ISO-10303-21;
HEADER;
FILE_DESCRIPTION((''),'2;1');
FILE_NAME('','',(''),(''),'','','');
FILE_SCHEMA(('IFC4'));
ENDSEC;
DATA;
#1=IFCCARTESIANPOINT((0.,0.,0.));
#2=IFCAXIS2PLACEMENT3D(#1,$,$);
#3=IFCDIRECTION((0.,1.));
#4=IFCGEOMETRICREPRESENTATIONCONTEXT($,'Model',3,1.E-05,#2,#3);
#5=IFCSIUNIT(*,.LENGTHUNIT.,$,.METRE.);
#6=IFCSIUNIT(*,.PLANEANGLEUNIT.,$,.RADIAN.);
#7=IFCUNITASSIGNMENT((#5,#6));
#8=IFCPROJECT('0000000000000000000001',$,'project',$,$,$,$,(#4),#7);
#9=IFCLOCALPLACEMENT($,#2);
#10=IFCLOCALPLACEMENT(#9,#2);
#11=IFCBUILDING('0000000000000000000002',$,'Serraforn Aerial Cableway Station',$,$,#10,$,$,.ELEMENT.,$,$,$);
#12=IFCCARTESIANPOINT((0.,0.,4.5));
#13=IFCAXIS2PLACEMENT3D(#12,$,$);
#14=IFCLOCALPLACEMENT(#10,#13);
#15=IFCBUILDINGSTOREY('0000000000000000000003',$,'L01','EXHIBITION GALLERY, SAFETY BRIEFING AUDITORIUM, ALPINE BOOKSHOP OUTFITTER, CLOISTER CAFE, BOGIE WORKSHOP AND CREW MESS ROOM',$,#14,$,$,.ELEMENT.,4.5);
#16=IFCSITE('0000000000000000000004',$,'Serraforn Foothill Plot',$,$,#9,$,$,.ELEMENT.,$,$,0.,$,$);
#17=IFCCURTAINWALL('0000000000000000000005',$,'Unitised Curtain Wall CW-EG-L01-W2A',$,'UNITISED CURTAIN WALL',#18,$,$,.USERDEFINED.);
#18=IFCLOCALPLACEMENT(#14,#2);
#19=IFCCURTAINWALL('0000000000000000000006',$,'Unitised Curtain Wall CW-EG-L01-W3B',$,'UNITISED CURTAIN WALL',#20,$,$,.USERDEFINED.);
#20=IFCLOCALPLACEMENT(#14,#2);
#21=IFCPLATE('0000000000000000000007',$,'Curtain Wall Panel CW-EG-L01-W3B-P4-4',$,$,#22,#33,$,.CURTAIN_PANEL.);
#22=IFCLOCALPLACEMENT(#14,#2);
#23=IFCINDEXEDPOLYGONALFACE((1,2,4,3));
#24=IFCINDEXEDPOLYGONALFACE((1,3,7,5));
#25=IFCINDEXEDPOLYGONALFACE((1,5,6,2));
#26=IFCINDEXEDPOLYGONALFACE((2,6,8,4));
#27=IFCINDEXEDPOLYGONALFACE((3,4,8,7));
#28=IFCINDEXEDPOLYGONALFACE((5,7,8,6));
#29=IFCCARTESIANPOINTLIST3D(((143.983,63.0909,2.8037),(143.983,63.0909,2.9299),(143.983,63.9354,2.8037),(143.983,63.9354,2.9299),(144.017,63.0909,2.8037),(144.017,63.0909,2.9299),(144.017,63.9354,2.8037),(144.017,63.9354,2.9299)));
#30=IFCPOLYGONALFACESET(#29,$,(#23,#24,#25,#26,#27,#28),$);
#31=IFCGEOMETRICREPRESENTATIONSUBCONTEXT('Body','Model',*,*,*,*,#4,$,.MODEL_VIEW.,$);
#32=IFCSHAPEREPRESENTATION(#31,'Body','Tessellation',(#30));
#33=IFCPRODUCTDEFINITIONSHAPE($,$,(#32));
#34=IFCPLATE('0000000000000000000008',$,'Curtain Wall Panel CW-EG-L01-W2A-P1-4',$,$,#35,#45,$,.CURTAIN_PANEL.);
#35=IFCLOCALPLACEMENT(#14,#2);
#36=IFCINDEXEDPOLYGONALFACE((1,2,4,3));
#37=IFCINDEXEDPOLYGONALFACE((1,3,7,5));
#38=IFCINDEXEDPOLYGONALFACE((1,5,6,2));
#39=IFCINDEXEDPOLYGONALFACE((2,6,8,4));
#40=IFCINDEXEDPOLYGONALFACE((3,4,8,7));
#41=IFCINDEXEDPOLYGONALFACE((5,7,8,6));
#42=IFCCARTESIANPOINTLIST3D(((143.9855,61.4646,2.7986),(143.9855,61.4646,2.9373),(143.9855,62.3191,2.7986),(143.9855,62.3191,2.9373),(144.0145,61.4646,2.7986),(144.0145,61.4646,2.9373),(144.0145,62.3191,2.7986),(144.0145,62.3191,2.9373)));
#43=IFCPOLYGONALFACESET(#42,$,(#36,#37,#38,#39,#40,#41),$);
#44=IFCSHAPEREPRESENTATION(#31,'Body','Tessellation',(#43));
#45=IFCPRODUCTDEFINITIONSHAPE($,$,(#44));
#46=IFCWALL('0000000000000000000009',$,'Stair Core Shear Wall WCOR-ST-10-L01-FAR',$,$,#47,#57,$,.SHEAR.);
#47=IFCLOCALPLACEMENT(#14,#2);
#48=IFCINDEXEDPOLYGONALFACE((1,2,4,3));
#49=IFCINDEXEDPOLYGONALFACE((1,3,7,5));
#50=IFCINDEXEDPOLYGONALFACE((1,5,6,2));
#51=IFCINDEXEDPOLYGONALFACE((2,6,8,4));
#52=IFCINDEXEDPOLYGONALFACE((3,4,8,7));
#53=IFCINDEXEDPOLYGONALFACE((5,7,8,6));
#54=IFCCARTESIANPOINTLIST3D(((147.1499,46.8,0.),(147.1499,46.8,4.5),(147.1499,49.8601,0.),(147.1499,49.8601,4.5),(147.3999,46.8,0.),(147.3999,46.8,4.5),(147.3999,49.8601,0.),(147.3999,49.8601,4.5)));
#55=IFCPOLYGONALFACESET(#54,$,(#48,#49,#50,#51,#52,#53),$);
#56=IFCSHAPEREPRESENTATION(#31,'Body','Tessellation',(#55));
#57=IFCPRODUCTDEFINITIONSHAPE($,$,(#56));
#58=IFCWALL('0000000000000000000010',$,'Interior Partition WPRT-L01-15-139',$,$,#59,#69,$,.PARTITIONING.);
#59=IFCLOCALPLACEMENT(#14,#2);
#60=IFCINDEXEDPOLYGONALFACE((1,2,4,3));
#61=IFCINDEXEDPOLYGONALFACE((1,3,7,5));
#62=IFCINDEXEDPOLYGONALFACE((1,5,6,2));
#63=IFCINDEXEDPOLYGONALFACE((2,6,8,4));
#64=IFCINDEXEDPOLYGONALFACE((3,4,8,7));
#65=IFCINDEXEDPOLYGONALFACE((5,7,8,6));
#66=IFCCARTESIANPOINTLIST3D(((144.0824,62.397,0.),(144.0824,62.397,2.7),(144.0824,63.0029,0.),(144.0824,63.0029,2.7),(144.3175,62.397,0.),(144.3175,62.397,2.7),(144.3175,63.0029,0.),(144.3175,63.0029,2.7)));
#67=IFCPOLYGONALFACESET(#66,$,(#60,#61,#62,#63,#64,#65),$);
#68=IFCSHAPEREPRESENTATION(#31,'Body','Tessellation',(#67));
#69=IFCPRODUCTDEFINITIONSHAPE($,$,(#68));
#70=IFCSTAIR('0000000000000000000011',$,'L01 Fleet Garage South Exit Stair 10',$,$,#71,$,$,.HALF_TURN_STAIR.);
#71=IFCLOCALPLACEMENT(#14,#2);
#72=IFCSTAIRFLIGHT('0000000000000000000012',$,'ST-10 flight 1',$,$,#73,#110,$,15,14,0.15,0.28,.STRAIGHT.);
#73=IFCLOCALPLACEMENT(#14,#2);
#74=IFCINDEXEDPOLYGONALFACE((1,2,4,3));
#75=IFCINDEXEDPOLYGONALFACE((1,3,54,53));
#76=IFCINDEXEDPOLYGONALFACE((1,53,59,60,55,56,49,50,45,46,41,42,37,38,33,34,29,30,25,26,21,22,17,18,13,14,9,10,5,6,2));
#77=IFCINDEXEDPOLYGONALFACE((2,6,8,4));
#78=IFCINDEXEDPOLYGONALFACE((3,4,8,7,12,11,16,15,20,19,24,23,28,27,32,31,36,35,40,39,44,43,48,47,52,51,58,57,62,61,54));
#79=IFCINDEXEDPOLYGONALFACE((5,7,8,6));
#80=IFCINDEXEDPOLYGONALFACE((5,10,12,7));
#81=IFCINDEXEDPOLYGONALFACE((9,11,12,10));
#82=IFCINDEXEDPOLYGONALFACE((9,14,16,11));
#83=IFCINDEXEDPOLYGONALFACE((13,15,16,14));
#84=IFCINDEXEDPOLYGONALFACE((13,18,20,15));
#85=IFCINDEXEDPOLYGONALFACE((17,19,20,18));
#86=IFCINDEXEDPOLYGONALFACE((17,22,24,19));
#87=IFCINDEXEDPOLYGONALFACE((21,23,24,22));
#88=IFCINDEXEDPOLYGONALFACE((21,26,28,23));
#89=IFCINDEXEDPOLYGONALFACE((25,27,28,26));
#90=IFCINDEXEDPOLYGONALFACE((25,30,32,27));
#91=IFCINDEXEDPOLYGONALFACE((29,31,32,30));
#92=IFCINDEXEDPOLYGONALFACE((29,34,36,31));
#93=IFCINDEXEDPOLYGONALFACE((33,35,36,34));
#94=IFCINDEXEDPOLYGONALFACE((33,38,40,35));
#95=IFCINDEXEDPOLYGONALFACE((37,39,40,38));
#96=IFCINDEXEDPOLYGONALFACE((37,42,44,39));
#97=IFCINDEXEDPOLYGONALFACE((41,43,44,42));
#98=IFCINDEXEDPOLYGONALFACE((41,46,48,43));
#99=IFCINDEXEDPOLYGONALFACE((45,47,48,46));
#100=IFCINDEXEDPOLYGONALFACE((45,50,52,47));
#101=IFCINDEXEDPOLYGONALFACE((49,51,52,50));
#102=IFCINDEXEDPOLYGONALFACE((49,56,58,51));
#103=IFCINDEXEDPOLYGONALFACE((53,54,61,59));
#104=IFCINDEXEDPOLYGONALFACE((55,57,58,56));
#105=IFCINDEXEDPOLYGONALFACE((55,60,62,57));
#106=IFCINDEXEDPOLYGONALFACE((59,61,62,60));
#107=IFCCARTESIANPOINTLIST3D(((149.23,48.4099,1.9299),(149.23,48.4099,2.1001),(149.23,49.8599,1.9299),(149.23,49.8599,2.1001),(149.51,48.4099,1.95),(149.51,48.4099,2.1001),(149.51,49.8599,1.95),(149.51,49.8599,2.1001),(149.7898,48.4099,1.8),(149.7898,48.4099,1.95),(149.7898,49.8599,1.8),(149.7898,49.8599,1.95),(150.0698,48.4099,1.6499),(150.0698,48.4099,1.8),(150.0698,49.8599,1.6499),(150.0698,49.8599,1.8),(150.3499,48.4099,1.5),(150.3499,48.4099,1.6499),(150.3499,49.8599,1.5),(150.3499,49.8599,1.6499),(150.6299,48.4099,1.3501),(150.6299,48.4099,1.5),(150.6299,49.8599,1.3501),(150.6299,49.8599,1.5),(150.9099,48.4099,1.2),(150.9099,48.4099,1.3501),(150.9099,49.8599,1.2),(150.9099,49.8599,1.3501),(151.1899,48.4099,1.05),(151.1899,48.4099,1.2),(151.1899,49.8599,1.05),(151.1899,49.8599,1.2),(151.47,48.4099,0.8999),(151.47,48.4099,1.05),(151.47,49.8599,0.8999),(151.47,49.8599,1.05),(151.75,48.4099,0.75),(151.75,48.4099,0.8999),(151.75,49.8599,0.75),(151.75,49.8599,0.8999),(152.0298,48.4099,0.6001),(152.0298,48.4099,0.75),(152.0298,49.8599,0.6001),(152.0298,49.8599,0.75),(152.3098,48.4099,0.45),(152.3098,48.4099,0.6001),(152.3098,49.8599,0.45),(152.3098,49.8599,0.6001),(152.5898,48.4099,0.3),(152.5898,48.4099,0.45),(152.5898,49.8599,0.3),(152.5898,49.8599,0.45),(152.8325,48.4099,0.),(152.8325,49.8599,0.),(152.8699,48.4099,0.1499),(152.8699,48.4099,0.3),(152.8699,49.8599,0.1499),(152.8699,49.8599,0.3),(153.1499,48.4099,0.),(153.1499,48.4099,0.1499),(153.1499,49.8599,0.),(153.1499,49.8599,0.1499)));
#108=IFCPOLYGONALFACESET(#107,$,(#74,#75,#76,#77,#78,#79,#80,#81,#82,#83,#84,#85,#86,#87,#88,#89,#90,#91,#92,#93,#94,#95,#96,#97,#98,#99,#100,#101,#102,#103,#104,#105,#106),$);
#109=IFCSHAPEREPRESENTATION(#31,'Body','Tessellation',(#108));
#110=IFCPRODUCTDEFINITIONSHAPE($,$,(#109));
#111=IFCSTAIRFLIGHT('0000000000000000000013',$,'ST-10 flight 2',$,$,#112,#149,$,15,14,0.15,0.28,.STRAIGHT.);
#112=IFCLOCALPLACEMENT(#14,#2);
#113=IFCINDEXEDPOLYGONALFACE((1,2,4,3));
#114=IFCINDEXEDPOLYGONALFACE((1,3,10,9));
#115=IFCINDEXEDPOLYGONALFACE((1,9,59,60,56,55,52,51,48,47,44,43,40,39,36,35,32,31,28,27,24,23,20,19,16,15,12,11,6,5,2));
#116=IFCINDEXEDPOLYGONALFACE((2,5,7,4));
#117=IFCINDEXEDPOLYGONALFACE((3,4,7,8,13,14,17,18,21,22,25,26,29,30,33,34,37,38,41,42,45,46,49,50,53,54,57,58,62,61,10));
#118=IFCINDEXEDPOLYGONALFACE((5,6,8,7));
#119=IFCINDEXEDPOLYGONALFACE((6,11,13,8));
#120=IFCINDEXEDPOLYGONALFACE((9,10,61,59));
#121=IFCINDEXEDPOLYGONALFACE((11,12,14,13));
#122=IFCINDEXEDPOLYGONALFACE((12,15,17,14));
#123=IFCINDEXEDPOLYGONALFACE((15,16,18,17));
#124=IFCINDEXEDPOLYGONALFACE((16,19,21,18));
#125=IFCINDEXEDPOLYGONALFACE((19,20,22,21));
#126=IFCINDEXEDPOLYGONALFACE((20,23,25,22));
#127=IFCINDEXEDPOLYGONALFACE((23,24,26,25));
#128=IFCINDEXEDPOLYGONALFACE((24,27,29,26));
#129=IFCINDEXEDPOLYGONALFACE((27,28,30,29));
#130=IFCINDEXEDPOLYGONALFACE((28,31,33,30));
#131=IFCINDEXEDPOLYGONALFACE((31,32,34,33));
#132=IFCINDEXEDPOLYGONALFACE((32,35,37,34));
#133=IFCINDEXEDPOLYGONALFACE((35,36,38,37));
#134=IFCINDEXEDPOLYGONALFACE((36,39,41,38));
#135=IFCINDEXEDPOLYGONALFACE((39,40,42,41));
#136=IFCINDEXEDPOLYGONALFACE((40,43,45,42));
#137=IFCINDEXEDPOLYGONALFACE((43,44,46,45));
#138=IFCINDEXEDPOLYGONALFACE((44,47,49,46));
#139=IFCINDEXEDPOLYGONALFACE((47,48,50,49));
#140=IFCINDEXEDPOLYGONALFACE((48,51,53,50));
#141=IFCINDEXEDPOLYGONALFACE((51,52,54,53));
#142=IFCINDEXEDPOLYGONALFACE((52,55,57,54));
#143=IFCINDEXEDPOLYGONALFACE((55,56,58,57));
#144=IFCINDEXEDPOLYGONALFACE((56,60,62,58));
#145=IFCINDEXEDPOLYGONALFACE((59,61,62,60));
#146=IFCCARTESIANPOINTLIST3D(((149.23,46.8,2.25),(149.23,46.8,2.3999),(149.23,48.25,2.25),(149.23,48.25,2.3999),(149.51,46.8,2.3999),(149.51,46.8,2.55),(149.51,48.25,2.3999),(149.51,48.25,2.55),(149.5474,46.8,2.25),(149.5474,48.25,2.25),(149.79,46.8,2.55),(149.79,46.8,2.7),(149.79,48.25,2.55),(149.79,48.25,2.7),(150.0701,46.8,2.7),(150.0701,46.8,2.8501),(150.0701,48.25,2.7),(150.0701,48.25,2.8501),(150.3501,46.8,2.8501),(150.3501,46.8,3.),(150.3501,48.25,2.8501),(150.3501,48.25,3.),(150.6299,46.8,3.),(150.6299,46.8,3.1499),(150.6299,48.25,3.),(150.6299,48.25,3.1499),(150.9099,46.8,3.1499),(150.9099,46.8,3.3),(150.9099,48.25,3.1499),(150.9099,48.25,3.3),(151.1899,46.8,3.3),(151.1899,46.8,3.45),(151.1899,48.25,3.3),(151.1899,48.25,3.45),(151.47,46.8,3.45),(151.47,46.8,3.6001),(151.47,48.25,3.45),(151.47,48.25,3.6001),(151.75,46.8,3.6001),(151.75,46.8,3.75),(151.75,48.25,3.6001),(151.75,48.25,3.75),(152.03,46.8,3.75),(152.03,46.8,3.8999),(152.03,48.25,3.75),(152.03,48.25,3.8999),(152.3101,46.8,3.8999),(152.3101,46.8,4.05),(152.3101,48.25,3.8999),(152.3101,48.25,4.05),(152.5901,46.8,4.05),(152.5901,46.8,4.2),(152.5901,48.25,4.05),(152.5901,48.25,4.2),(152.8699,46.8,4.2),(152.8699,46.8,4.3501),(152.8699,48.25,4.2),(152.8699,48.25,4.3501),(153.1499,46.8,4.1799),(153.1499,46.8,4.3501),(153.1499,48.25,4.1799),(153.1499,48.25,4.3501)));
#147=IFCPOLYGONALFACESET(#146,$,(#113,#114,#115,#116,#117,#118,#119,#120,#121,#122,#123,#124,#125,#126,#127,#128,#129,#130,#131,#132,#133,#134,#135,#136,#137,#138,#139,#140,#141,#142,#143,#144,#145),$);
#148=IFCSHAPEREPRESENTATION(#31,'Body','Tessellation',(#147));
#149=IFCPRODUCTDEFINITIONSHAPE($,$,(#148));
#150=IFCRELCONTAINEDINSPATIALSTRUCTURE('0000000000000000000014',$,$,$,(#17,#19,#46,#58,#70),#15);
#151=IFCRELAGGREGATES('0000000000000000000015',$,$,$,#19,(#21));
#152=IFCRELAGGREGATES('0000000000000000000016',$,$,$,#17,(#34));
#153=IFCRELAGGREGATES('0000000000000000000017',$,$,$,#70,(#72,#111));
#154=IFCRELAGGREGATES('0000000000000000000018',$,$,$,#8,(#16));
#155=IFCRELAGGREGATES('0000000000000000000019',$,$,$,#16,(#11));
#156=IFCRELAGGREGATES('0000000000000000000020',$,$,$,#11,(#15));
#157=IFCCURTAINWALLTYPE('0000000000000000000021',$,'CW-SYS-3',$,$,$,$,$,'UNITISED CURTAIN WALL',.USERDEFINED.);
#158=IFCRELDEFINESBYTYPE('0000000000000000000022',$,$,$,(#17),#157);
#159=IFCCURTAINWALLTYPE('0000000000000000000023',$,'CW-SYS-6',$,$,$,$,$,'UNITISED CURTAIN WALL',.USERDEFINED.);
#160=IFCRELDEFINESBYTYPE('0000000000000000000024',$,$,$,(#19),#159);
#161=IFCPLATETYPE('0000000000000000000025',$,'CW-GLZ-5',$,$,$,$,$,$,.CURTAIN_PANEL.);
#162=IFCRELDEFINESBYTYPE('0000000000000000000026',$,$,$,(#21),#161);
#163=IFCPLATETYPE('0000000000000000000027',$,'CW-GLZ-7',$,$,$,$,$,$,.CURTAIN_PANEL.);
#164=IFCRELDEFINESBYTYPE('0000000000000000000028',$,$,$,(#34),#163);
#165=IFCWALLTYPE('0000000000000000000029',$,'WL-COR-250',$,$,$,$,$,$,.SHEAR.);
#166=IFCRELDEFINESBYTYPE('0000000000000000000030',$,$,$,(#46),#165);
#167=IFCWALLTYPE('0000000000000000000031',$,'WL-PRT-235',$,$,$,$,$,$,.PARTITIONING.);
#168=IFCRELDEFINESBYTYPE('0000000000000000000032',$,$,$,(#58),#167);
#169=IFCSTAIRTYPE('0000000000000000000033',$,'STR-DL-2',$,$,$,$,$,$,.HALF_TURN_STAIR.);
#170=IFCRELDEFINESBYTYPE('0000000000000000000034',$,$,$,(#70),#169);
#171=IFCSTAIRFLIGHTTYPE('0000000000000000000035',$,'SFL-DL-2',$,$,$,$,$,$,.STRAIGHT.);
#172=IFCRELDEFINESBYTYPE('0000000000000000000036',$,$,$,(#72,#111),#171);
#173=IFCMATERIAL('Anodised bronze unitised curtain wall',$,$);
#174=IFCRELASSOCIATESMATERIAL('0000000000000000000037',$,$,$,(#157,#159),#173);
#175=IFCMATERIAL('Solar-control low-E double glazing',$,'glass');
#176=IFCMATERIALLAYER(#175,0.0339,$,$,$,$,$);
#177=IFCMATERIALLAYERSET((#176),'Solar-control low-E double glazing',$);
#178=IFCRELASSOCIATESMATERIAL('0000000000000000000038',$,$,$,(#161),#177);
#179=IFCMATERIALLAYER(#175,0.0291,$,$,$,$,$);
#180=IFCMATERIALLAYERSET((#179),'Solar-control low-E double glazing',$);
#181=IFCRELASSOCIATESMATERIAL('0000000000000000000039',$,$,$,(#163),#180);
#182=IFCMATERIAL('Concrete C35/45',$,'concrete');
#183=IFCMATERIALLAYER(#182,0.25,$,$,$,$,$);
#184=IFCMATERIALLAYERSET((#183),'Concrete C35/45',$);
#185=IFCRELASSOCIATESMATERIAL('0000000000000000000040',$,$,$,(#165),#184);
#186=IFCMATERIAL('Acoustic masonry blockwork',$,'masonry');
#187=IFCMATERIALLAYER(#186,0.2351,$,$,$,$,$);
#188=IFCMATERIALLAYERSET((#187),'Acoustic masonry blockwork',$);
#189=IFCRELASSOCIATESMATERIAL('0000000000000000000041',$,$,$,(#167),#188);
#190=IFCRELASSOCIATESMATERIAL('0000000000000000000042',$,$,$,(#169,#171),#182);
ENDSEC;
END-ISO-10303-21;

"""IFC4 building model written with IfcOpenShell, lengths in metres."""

from ifc_helpers import new_model, si_unit, direction, frame, frame_2d, origin, origin_2d, place, context, subcontext, project, spatial, polyline, rectangle, outline, extrude, material, layer, layer_set, type_object, element, aggregate, save


model = new_model("IFC4")

# Units and contexts
model_context = context("Model", 3, precision=1e-05, world=origin(), true_north=direction((0.0, 1.0)))
body_context = subcontext(model_context, "Body", "Model", "MODEL_VIEW")
ifc_project = project(units=[si_unit("LENGTHUNIT", "METRE"), si_unit("PLANEANGLEUNIT", "RADIAN")], contexts=[model_context])

# Site, building, storey
site_placement = place(None, origin())
site = spatial("IfcSite", under=ifc_project, at=site_placement, Name="Serraforn Foothill Plot", CompositionType="ELEMENT", RefElevation=0.0)
building_placement = place(site_placement, origin())
building = spatial("IfcBuilding", under=site, at=building_placement, Name="Serraforn Aerial Cableway Station", CompositionType="ELEMENT")
storey_placement = place(building_placement, frame((0.0, 0.0, 4.5)))
storey = spatial("IfcBuildingStorey", under=building, at=storey_placement, Name="L01", Description="EXHIBITION GALLERY, SAFETY BRIEFING AUDITORIUM, ALPINE BOOKSHOP OUTFITTER, CLOISTER CAFE, BOGIE WORKSHOP AND CREW MESS ROOM", CompositionType="ELEMENT", Elevation=4.5)

# Shared definitions
ifc_material_1 = material(Name="Concrete C35/45", Category="concrete")

# Curtain wall
ifc_material_2 = material(Name="Anodised bronze unitised curtain wall")
curtain_wall_type_1 = type_object("IfcCurtainWallType", Name="CW-SYS-3", ElementType="UNITISED CURTAIN WALL", PredefinedType="USERDEFINED", material=ifc_material_2)
curtain_wall_1_placement = place(storey_placement, origin())
curtain_wall_1 = element("IfcCurtainWall", 1, at=curtain_wall_1_placement, inside=storey, type_object=curtain_wall_type_1, Name="Unitised Curtain Wall CW-EG-L01-W2A", ObjectType="UNITISED CURTAIN WALL", PredefinedType="USERDEFINED")

# Curtain wall
curtain_wall_type_2 = type_object("IfcCurtainWallType", Name="CW-SYS-6", ElementType="UNITISED CURTAIN WALL", PredefinedType="USERDEFINED", material=ifc_material_2)
curtain_wall_2_placement = place(storey_placement, origin())
curtain_wall_2 = element("IfcCurtainWall", 2, at=curtain_wall_2_placement, inside=storey, type_object=curtain_wall_type_2, Name="Unitised Curtain Wall CW-EG-L01-W3B", ObjectType="UNITISED CURTAIN WALL", PredefinedType="USERDEFINED")

# Plates
ifc_material_3 = material(Name="Solar-control low-E double glazing", Category="glass")
ifc_layer_1 = layer(ifc_material_3, 0.0339)
ifc_layer_set_1 = layer_set([ifc_layer_1], Name="Solar-control low-E double glazing")
plate_type_1 = type_object("IfcPlateType", Name="CW-GLZ-5", PredefinedType="CURTAIN_PANEL", material=ifc_layer_set_1)
plate_1_placement = place(storey_placement, frame((144.0, 63.5132, 2.8037), z_axis=(0.0, 0.0, 1.0), x_axis=(1.0, 0.0, 0.0)))
plate_1 = element("IfcPlate", 3, at=plate_1_placement, type_object=plate_type_1, Name="Curtain Wall Panel CW-EG-L01-W3B-P4-4", PredefinedType="CURTAIN_PANEL", context=body_context, shape_type="SweptSolid", body=[
    extrude(rectangle(XDim=0.0339, YDim=0.8445, at=origin_2d()), origin(), (0.0, 0.0, 1.0), 0.1262),
])
aggregate(curtain_wall_2, [plate_1])
ifc_layer_2 = layer(ifc_material_3, 0.0291)
ifc_layer_set_2 = layer_set([ifc_layer_2], Name="Solar-control low-E double glazing")
plate_type_2 = type_object("IfcPlateType", Name="CW-GLZ-7", PredefinedType="CURTAIN_PANEL", material=ifc_layer_set_2)
plate_2_placement = place(storey_placement, frame((144.0, 61.8918, 2.7986), z_axis=(0.0, 0.0, 1.0), x_axis=(1.0, 0.0, 0.0)))
plate_2 = element("IfcPlate", 4, at=plate_2_placement, type_object=plate_type_2, Name="Curtain Wall Panel CW-EG-L01-W2A-P1-4", PredefinedType="CURTAIN_PANEL", context=body_context, shape_type="SweptSolid", body=[
    extrude(rectangle(XDim=0.0291, YDim=0.8545, at=origin_2d()), origin(), (0.0, 0.0, 1.0), 0.1387),
])
aggregate(curtain_wall_1, [plate_2])

# Walls
ifc_layer_3 = layer(ifc_material_1, 0.25)
ifc_layer_set_3 = layer_set([ifc_layer_3], Name="Concrete C35/45")
wall_type_1 = type_object("IfcWallType", Name="WL-COR-250", PredefinedType="SHEAR", material=ifc_layer_set_3)
wall_1_placement = place(storey_placement, frame((147.2749, 49.8601, 0.0), z_axis=(0.0, 0.0, 1.0), x_axis=(0.0, -1.0, 0.0)))
element("IfcWall", 5, at=wall_1_placement, inside=storey, type_object=wall_type_1, Name="Stair Core Shear Wall WCOR-ST-10-L01-FAR", PredefinedType="SHEAR", context=body_context, shape_type="SweptSolid", body=[
    extrude(rectangle(XDim=3.0601, YDim=0.25, at=frame_2d((1.53, 0.0))), origin(), (0.0, 0.0, 1.0), 4.5),
])
ifc_material_4 = material(Name="Acoustic masonry blockwork", Category="masonry")
ifc_layer_4 = layer(ifc_material_4, 0.2351)
ifc_layer_set_4 = layer_set([ifc_layer_4], Name="Acoustic masonry blockwork")
wall_type_2 = type_object("IfcWallType", Name="WL-PRT-235", PredefinedType="PARTITIONING", material=ifc_layer_set_4)
wall_2_placement = place(storey_placement, frame((144.2, 62.397, 0.0), z_axis=(0.0, 0.0, 1.0), x_axis=(0.0, 1.0, 0.0)))
element("IfcWall", 6, at=wall_2_placement, inside=storey, type_object=wall_type_2, Name="Interior Partition WPRT-L01-15-139", PredefinedType="PARTITIONING", context=body_context, shape_type="SweptSolid", body=[
    extrude(rectangle(XDim=0.606, YDim=0.2351, at=frame_2d((0.303, 0.0))), origin(), (0.0, 0.0, 1.0), 2.7),
])

# Stair, stair flights
stair_type = type_object("IfcStairType", Name="STR-DL-2", PredefinedType="HALF_TURN_STAIR", material=ifc_material_1)
stair_placement = place(storey_placement, origin())
stair = element("IfcStair", 7, at=stair_placement, inside=storey, type_object=stair_type, Name="L01 Fleet Garage South Exit Stair 10", PredefinedType="HALF_TURN_STAIR")
stair_flight_type = type_object("IfcStairFlightType", Name="SFL-DL-2", PredefinedType="STRAIGHT", material=ifc_material_1)
stair_flight_1_placement = place(storey_placement, frame((153.1499, 49.135, 0.0), z_axis=(0.0, 0.0, 1.0), x_axis=(-1.0, 0.0, 0.0)))
stair_flight_1 = element("IfcStairFlight", 8, at=stair_flight_1_placement, type_object=stair_flight_type, Name="ST-10 flight 1", NumberOfRisers=15, NumberOfTreads=14, PredefinedType="STRAIGHT", RiserHeight=0.15, TreadLength=0.28, context=body_context, shape_type="SweptSolid", body=[
    extrude(outline(polyline([(0.0, 0.0), (0.0, 0.1499), (0.28, 0.1499), (0.28, 0.3), (0.5601, 0.3), (0.5601, 0.45), (0.8401, 0.45), (0.8401, 0.6001), (1.1201, 0.6001), (1.1201, 0.75), (1.3999, 0.75), (1.3999, 0.8999), (1.6799, 0.8999), (1.6799, 1.05), (1.96, 1.05), (1.96, 1.2), (2.24, 1.2), (2.24, 1.3501), (2.52, 1.3501), (2.52, 1.5), (2.8, 1.5), (2.8, 1.6499), (3.0801, 1.6499), (3.0801, 1.8), (3.3601, 1.8), (3.3601, 1.95), (3.6399, 1.95), (3.6399, 2.1001), (3.9199, 2.1001), (3.9199, 2.25), (3.9199, 1.9299), (0.3174, 0.0), (0.0, 0.0)])), frame((0.0, 0.7251, 0.0), z_axis=(0.0, -1.0, 0.0), x_axis=(1.0, 0.0, 0.0)), (0.0, 0.0, 1.0), 1.45),
])
stair_flight_2_placement = place(storey_placement, frame((149.23, 47.5249, 2.25), z_axis=(0.0, 0.0, 1.0), x_axis=(1.0, 0.0, 0.0)))
stair_flight_2 = element("IfcStairFlight", 9, at=stair_flight_2_placement, type_object=stair_flight_type, Name="ST-10 flight 2", NumberOfRisers=15, NumberOfTreads=14, PredefinedType="STRAIGHT", RiserHeight=0.15, TreadLength=0.28, context=body_context, shape_type="SweptSolid", body=[
    extrude(outline(polyline([(0.0, 0.0), (0.0, 0.1499), (0.28, 0.1499), (0.28, 0.3), (0.5601, 0.3), (0.5601, 0.45), (0.8401, 0.45), (0.8401, 0.6001), (1.1201, 0.6001), (1.1201, 0.75), (1.3999, 0.75), (1.3999, 0.8999), (1.6799, 0.8999), (1.6799, 1.05), (1.96, 1.05), (1.96, 1.2), (2.24, 1.2), (2.24, 1.3501), (2.52, 1.3501), (2.52, 1.5), (2.8, 1.5), (2.8, 1.6499), (3.0801, 1.6499), (3.0801, 1.8), (3.3601, 1.8), (3.3601, 1.95), (3.6399, 1.95), (3.6399, 2.1001), (3.9199, 2.1001), (3.9199, 2.25), (3.9199, 1.9299), (0.3174, 0.0), (0.0, 0.0)])), frame((0.0, 0.7251, 0.0), z_axis=(0.0, -1.0, 0.0), x_axis=(1.0, 0.0, 0.0)), (0.0, 0.0, 1.0), 1.45),
])
aggregate(stair, [stair_flight_1, stair_flight_2])

save(model, "model.ifc")
